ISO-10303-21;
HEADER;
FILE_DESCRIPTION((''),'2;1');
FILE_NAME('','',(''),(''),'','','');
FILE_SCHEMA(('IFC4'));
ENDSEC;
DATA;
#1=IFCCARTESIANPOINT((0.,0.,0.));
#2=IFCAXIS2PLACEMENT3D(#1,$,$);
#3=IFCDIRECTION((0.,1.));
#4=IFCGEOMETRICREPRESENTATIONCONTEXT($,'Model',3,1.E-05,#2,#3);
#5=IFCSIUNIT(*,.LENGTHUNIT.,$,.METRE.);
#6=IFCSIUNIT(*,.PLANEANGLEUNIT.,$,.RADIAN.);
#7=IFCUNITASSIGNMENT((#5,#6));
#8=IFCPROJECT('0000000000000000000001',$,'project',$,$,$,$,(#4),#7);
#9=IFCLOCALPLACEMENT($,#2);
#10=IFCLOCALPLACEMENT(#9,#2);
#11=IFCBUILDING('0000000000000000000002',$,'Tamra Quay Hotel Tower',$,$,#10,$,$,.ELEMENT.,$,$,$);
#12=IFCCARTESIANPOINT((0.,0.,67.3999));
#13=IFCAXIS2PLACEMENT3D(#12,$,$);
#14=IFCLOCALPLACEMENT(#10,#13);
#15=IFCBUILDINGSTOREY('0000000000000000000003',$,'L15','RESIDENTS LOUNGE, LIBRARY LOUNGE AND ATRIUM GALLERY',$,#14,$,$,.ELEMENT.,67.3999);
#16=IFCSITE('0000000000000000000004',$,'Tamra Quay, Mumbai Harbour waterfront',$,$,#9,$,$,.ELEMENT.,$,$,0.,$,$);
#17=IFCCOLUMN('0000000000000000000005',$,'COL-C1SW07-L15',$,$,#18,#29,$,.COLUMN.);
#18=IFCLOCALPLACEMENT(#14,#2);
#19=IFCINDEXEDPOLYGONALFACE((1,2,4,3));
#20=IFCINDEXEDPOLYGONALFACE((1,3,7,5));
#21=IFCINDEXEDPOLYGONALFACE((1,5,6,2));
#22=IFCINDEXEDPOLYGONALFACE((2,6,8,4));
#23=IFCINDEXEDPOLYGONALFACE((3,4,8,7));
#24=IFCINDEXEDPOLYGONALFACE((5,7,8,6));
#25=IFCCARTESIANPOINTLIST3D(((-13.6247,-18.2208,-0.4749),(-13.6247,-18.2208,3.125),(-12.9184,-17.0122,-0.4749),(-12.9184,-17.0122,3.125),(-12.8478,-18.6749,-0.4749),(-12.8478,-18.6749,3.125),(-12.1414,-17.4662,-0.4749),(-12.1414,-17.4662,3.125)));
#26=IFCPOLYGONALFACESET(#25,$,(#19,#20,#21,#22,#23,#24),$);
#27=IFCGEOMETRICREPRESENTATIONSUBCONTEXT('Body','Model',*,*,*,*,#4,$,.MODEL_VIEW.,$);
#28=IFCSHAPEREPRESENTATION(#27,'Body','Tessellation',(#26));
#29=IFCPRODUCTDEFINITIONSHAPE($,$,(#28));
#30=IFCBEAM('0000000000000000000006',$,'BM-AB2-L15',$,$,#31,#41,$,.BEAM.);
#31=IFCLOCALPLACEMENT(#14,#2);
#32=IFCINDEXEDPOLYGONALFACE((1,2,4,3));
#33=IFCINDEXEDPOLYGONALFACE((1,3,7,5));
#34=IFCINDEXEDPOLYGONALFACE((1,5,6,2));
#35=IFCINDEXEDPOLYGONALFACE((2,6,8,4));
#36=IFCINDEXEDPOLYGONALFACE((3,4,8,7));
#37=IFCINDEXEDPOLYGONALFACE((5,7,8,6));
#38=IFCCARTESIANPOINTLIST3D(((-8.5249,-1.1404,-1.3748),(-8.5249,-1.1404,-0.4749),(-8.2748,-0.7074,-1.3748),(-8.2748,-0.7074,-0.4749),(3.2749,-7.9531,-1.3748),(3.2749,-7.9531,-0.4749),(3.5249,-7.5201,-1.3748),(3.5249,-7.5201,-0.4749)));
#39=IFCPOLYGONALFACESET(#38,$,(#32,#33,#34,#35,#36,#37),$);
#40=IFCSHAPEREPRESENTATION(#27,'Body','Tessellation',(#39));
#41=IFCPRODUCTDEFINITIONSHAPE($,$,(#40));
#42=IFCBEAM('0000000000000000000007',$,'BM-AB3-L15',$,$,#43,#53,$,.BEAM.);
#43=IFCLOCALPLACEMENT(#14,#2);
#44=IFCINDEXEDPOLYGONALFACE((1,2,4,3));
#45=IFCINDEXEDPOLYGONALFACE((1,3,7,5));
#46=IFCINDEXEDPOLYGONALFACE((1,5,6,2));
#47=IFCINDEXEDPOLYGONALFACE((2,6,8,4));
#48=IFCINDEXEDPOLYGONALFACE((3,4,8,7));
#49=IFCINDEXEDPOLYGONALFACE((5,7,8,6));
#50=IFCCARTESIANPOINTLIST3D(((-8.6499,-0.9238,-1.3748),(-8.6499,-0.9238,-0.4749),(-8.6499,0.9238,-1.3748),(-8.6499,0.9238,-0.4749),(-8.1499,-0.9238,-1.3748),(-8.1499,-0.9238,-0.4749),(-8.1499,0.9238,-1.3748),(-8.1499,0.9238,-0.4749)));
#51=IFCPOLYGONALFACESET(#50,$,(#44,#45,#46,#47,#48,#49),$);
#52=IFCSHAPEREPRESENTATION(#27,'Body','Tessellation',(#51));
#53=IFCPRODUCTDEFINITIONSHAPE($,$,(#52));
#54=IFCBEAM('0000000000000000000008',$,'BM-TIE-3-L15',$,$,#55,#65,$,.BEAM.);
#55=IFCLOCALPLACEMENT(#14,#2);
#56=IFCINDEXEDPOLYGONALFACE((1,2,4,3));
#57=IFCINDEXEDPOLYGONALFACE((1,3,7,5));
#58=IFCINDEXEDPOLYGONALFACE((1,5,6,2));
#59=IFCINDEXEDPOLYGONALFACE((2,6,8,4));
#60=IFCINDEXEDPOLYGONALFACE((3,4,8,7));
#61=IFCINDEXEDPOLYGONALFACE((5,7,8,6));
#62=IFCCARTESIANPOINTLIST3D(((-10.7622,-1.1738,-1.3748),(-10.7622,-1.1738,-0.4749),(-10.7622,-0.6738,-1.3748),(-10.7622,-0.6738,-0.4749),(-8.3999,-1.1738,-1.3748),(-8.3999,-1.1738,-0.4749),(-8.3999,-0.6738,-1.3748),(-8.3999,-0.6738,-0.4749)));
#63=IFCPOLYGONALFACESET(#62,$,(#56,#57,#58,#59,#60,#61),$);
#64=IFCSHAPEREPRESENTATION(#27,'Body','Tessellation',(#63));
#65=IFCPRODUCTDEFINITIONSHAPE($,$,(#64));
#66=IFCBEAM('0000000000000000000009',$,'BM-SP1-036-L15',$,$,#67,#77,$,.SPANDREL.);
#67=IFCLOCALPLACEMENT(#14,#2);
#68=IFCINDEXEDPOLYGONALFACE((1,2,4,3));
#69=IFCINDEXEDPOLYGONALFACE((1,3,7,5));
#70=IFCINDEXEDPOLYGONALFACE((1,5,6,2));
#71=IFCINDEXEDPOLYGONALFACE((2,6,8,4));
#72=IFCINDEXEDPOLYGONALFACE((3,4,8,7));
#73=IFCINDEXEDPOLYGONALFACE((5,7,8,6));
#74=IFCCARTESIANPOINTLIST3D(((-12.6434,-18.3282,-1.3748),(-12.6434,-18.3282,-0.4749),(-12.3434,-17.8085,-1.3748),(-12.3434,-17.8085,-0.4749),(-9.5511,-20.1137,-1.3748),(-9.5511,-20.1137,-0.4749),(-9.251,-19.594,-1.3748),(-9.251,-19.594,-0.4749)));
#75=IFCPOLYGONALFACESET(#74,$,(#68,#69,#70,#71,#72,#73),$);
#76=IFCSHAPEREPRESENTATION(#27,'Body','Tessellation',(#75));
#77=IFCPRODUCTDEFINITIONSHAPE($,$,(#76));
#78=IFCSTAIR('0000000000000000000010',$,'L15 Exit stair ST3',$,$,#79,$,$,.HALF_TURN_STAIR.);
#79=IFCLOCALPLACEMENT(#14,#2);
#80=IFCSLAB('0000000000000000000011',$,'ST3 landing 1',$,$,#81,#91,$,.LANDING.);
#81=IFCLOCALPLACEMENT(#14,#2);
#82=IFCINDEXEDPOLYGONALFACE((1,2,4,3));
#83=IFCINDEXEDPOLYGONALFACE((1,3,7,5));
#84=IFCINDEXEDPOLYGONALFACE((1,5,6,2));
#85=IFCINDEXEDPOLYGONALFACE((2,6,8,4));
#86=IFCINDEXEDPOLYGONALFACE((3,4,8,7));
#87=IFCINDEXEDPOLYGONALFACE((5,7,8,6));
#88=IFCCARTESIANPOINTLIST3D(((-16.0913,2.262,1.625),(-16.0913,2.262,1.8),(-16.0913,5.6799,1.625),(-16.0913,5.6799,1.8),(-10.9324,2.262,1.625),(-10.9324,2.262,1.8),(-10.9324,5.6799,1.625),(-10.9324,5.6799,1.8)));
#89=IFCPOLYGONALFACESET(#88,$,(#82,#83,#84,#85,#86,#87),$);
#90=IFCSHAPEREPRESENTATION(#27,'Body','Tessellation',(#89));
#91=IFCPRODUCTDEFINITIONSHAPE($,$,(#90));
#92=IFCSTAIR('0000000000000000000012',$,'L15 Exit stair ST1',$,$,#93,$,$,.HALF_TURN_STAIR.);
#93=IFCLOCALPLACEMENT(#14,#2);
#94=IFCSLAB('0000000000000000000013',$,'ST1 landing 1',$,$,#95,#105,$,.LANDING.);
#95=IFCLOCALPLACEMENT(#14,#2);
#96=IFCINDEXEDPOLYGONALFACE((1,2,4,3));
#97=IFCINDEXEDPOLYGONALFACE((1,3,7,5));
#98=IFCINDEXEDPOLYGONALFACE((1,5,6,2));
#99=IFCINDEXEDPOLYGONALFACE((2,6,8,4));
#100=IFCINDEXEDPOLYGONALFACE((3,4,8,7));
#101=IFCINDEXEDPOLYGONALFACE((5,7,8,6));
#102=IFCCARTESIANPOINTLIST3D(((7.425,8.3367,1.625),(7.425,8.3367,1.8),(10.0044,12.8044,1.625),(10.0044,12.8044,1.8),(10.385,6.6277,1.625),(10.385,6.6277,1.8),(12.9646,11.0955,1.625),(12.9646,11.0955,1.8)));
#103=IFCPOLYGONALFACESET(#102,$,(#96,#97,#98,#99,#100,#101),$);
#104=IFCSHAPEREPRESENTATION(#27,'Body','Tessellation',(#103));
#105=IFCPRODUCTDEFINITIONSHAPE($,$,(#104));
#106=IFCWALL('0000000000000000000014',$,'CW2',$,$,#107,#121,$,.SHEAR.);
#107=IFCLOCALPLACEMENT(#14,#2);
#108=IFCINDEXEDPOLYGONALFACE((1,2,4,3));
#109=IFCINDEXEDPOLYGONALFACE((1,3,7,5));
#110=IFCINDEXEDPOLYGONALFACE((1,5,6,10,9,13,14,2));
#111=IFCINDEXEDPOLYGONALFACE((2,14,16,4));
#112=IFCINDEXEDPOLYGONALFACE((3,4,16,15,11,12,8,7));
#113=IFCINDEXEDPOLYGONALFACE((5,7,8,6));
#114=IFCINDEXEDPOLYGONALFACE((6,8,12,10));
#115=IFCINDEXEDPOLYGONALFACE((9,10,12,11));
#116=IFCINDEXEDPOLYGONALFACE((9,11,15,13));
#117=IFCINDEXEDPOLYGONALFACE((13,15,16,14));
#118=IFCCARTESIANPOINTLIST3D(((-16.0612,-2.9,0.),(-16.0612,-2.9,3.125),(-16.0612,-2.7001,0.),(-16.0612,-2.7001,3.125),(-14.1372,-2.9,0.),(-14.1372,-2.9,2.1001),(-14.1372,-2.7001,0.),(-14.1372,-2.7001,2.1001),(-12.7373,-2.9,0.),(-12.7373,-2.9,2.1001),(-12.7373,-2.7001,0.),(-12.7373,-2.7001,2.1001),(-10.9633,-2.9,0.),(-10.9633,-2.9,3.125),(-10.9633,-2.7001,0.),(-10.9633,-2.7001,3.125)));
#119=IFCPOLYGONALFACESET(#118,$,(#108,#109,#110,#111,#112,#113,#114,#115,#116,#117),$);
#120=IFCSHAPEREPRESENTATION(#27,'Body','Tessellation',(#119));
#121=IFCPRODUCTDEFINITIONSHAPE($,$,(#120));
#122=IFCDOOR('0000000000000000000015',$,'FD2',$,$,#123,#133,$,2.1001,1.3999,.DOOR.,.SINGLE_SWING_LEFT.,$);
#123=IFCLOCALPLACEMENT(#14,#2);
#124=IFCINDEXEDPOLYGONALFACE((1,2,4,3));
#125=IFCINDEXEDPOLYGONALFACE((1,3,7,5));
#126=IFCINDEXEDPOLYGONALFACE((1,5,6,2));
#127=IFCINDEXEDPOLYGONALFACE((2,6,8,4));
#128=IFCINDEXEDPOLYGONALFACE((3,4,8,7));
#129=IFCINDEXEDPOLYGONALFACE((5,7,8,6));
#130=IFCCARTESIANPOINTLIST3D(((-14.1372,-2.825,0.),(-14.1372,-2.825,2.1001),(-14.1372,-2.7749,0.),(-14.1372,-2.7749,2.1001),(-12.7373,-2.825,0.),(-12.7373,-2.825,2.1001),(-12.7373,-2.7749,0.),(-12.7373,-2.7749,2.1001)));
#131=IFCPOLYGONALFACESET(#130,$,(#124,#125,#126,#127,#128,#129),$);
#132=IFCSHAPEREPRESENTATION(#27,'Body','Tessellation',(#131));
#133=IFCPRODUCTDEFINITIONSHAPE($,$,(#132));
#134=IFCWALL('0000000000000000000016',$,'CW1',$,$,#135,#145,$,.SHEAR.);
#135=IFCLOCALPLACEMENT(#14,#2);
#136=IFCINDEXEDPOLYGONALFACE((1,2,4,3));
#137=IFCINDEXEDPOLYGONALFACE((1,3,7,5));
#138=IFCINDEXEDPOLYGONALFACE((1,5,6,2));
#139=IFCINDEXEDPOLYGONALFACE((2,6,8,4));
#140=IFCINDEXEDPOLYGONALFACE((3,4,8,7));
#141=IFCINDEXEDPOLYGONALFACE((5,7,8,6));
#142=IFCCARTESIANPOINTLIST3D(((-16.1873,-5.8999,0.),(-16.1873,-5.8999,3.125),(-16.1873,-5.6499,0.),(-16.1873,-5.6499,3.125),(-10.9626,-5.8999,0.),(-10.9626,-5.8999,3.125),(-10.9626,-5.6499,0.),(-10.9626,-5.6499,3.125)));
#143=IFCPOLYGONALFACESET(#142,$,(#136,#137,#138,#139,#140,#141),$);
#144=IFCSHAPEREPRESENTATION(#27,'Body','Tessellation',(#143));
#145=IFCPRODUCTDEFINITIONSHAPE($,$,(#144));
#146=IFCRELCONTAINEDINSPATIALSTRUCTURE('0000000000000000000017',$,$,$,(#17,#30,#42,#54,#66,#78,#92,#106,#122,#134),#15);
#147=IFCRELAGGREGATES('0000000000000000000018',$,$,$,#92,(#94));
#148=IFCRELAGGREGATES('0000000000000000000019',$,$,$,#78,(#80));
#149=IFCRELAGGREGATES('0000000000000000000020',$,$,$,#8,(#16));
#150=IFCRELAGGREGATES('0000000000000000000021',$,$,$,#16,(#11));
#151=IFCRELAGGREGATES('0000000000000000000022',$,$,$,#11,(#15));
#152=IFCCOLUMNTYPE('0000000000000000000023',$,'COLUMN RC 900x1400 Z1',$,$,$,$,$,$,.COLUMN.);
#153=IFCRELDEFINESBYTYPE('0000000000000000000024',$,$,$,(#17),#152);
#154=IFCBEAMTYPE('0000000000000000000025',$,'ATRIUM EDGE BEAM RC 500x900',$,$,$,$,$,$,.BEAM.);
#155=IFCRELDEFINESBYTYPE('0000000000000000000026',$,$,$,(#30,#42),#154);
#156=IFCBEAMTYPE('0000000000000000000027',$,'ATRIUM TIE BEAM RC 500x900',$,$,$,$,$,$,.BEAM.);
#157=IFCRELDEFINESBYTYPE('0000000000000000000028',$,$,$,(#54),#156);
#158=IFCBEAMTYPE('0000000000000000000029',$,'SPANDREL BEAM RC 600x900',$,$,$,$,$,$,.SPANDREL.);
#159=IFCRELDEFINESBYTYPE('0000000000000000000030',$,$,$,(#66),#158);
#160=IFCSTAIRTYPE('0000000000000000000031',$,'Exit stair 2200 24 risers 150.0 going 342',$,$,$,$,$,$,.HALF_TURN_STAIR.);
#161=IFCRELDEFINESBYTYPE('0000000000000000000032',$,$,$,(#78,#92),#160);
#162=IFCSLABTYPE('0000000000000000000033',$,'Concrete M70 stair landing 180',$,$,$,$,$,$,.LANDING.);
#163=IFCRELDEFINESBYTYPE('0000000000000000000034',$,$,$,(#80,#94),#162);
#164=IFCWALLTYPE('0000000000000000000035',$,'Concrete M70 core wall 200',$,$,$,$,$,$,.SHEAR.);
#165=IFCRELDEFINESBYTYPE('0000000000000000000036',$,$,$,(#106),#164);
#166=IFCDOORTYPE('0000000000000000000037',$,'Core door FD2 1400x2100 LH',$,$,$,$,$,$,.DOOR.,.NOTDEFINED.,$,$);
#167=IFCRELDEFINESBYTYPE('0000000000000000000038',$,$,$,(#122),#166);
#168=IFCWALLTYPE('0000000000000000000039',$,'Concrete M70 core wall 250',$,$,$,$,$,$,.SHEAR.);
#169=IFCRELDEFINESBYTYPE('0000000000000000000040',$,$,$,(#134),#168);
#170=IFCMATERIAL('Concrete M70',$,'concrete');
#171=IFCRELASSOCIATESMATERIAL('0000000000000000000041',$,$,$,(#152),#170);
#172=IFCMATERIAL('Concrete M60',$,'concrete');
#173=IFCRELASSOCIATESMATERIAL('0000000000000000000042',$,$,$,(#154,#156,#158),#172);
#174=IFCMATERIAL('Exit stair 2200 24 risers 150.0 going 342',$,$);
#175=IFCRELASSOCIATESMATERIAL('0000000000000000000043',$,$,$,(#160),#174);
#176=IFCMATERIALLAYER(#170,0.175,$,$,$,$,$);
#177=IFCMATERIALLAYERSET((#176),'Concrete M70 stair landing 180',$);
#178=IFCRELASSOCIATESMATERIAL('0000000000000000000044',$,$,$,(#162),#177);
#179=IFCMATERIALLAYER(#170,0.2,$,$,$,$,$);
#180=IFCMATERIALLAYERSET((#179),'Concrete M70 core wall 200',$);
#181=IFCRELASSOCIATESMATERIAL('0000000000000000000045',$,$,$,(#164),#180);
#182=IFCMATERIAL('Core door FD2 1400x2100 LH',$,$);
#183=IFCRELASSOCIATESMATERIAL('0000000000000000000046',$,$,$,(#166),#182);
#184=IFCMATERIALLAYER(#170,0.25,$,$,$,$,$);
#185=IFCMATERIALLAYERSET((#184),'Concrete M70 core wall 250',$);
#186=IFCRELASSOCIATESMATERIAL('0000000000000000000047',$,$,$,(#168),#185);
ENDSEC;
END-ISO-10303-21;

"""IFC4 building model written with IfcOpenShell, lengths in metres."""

from ifc_helpers import new_model, si_unit, direction, frame, frame_2d, origin, origin_2d, place, context, subcontext, project, spatial, polyline, rectangle, outline, extrude, material, layer, layer_set, material_profile, profile_set, type_object, element, fill, aggregate, save


model = new_model("IFC4")

# Units and contexts
model_context = context("Model", 3, precision=1e-05, world=origin(), true_north=direction((0.0, 1.0)))
body_context = subcontext(model_context, "Body", "Model", "MODEL_VIEW")
ifc_project = project(units=[si_unit("LENGTHUNIT", "METRE"), si_unit("PLANEANGLEUNIT", "RADIAN")], contexts=[model_context])

# Site, building, storey
site_placement = place(None, origin())
site = spatial("IfcSite", under=ifc_project, at=site_placement, Name="Tamra Quay, Mumbai Harbour waterfront", CompositionType="ELEMENT", RefElevation=0.0)
building_placement = place(site_placement, origin())
building = spatial("IfcBuilding", under=site, at=building_placement, Name="Tamra Quay Hotel Tower", CompositionType="ELEMENT")
storey_placement = place(building_placement, frame((0.0, 0.0, 67.3999)))
storey = spatial("IfcBuildingStorey", under=building, at=storey_placement, Name="L15", Description="RESIDENTS LOUNGE, LIBRARY LOUNGE AND ATRIUM GALLERY", CompositionType="ELEMENT", Elevation=67.3999)

# Column
ifc_material_1 = material(Name="Concrete M70", Category="concrete")
ifc_material_profile_1 = material_profile(ifc_material_1, rectangle(XDim=1.3999, YDim=0.8999, at=origin_2d()), Name="COLUMN RC 900x1400 Z1")
ifc_profile_set_1 = profile_set([ifc_material_profile_1], Name="Concrete M70")
column_type = type_object("IfcColumnType", Name="COLUMN RC 900x1400 Z1", PredefinedType="COLUMN", material=ifc_profile_set_1)
column_placement = place(storey_placement, frame((-12.8831, -17.8435, -0.4749), z_axis=(0.0, 0.0, 1.0), x_axis=(0.504565, 0.863374, 0.0)))
element("IfcColumn", 1, at=column_placement, inside=storey, type_object=column_type, Name="COL-C1SW07-L15", PredefinedType="COLUMN", context=body_context, shape_type="SweptSolid", body=[
    extrude(rectangle(XDim=1.3999, YDim=0.8999, at=origin_2d()), origin(), (0.0, 0.0, 1.0), 3.5999),
])

# Beams
ifc_material_2 = material(Name="Concrete M60", Category="concrete")
ifc_material_profile_2 = material_profile(ifc_material_2, rectangle(XDim=0.5, YDim=0.8999, at=origin_2d()), Name="ATRIUM EDGE BEAM RC 500x900")
ifc_profile_set_2 = profile_set([ifc_material_profile_2], Name="Concrete M60")
beam_type_1 = type_object("IfcBeamType", Name="ATRIUM EDGE BEAM RC 500x900", PredefinedType="BEAM", material=ifc_profile_set_2)
beam_1_placement = place(storey_placement, frame((3.3999, -7.7366, -0.9248), z_axis=(-0.866021, 0.500007, 0.0), x_axis=(-0.500007, -0.866021, 0.0)))
element("IfcBeam", 2, at=beam_1_placement, inside=storey, type_object=beam_type_1, Name="BM-AB2-L15", PredefinedType="BEAM", context=body_context, shape_type="SweptSolid", body=[
    extrude(rectangle(XDim=0.5, YDim=0.8999, at=origin_2d()), origin(), (0.0, 0.0, 1.0), 13.6252),
])
beam_2_placement = place(storey_placement, frame((-8.3999, -0.9238, -0.9248), z_axis=(0.0, 1.0, 0.0), x_axis=(-1.0, 0.0, 0.0)))
element("IfcBeam", 3, at=beam_2_placement, inside=storey, type_object=beam_type_1, Name="BM-AB3-L15", PredefinedType="BEAM", context=body_context, shape_type="SweptSolid", body=[
    extrude(rectangle(XDim=0.5, YDim=0.8999, at=origin_2d()), origin(), (0.0, 0.0, 1.0), 1.8477),
])
ifc_material_profile_3 = material_profile(ifc_material_2, rectangle(XDim=0.5, YDim=0.8999, at=origin_2d()), Name="ATRIUM TIE BEAM RC 500x900")
ifc_profile_set_3 = profile_set([ifc_material_profile_3], Name="Concrete M60")
beam_type_2 = type_object("IfcBeamType", Name="ATRIUM TIE BEAM RC 500x900", PredefinedType="BEAM", material=ifc_profile_set_3)
beam_3_placement = place(storey_placement, frame((-8.3999, -0.9238, -0.9248), z_axis=(-1.0, 0.0, 0.0), x_axis=(0.0, -1.0, 0.0)))
element("IfcBeam", 4, at=beam_3_placement, inside=storey, type_object=beam_type_2, Name="BM-TIE-3-L15", PredefinedType="BEAM", context=body_context, shape_type="SweptSolid", body=[
    extrude(rectangle(XDim=0.5, YDim=0.8999, at=origin_2d()), origin(), (0.0, 0.0, 1.0), 2.3623),
])
ifc_material_profile_4 = material_profile(ifc_material_2, rectangle(XDim=0.6001, YDim=0.8999, at=origin_2d()), Name="SPANDREL BEAM RC 600x900")
ifc_profile_set_4 = profile_set([ifc_material_profile_4], Name="Concrete M60")
beam_type_3 = type_object("IfcBeamType", Name="SPANDREL BEAM RC 600x900", PredefinedType="SPANDREL", material=ifc_profile_set_4)
beam_4_placement = place(storey_placement, frame((-12.4934, -18.0684, -0.9248), z_axis=(0.866017, -0.500014, 0.0), x_axis=(0.500014, 0.866017, 0.0)))
element("IfcBeam", 5, at=beam_4_placement, inside=storey, type_object=beam_type_3, Name="BM-SP1-036-L15", PredefinedType="SPANDREL", context=body_context, shape_type="SweptSolid", body=[
    extrude(rectangle(XDim=0.6001, YDim=0.8999, at=origin_2d()), origin(), (0.0, 0.0, 1.0), 3.5708),
])

# Stairs, slabs
ifc_material_3 = material(Name="Exit stair 2200 24 risers 150.0 going 342")
stair_type = type_object("IfcStairType", Name="Exit stair 2200 24 risers 150.0 going 342", PredefinedType="HALF_TURN_STAIR", material=ifc_material_3)
stair_1_placement = place(storey_placement, origin())
stair_1 = element("IfcStair", 6, at=stair_1_placement, inside=storey, type_object=stair_type, Name="L15 Exit stair ST3", PredefinedType="HALF_TURN_STAIR")
ifc_layer_1 = layer(ifc_material_1, 0.175)
ifc_layer_set_1 = layer_set([ifc_layer_1], Name="Concrete M70 stair landing 180")
slab_type_1 = type_object("IfcSlabType", Name="Concrete M70 stair landing 180", PredefinedType="LANDING", material=ifc_layer_set_1)
slab_1_placement = place(storey_placement, frame((0.0, 0.0, 1.625)))
slab_1 = element("IfcSlab", 7, at=slab_1_placement, type_object=slab_type_1, Name="ST3 landing 1", PredefinedType="LANDING", context=body_context, shape_type="SweptSolid", body=[
    extrude(outline(polyline([(-10.9324, 2.262), (-10.9324, 5.6799), (-16.0913, 5.6799), (-16.0913, 2.262), (-10.9324, 2.262)])), origin(), (0.0, 0.0, 1.0), 0.175),
])
stair_2_placement = place(storey_placement, origin())
stair_2 = element("IfcStair", 8, at=stair_2_placement, inside=storey, type_object=stair_type, Name="L15 Exit stair ST1", PredefinedType="HALF_TURN_STAIR")
slab_2_placement = place(storey_placement, frame((0.0, 0.0, 1.625)))
slab_2 = element("IfcSlab", 9, at=slab_2_placement, type_object=slab_type_1, Name="ST1 landing 1", PredefinedType="LANDING", context=body_context, shape_type="SweptSolid", body=[
    extrude(outline(polyline([(7.425, 8.3367), (10.385, 6.6277), (12.9646, 11.0955), (10.0044, 12.8044), (7.425, 8.3367)])), origin(), (0.0, 0.0, 1.0), 0.175),
])
aggregate(stair_2, [slab_2])

# Wall, opening, door
ifc_layer_2 = layer(ifc_material_1, 0.2)
ifc_layer_set_2 = layer_set([ifc_layer_2], Name="Concrete M70 core wall 200")
wall_type_1 = type_object("IfcWallType", Name="Concrete M70 core wall 200", PredefinedType="SHEAR", material=ifc_layer_set_2)
wall_1_placement = place(storey_placement, frame((-10.9634, -2.8, 0.0), z_axis=(0.0, 0.0, 1.0), x_axis=(-1.0, 0.0, 0.0)))
wall_1 = element("IfcWall", 10, at=wall_1_placement, inside=storey, type_object=wall_type_1, Name="CW2", PredefinedType="SHEAR", context=body_context, shape_type="SweptSolid", body=[
    extrude(rectangle(XDim=5.0979, YDim=0.2, at=frame_2d((2.5488, 0.0))), origin(), (0.0, 0.0, 1.0), 3.125),
])
opening_1_placement = place(wall_1_placement, frame((1.7739, 0.0, 0.0)))
opening_1 = element("IfcOpeningElement", 11, at=opening_1_placement, cuts=wall_1, PredefinedType="OPENING", context=body_context, shape_type="SweptSolid", body=[
    extrude(rectangle(XDim=1.3999, YDim=2.1001, at=frame_2d((0.7, 1.05))), frame((0.0, 0.1099, 0.0), z_axis=(0.0, -1.0, 0.0), x_axis=(1.0, 0.0, 0.0)), (0.0, 0.0, 1.0), 0.22),
])
ifc_material_4 = material(Name="Core door FD2 1400x2100 LH")
door_type_1 = type_object("IfcDoorType", Name="Core door FD2 1400x2100 LH", OperationType="NOTDEFINED", PredefinedType="DOOR", material=ifc_material_4)
door_1_placement = place(opening_1_placement, origin())
door_1 = element("IfcDoor", 12, at=door_1_placement, inside=storey, type_object=door_type_1, Name="FD2", OperationType="SINGLE_SWING_LEFT", OverallHeight=2.1001, OverallWidth=1.3999, PredefinedType="DOOR", context=body_context, shape_type="SweptSolid", body=[
    extrude(rectangle(XDim=1.3999, YDim=2.1001, at=frame_2d((0.7, 1.05))), frame((0.0, 0.0249, 0.0), z_axis=(0.0, -1.0, 0.0), x_axis=(1.0, 0.0, 0.0)), (0.0, 0.0, 1.0), 0.05),
])
fill(opening_1, door_1)

# Wall
ifc_layer_3 = layer(ifc_material_1, 0.25)
ifc_layer_set_3 = layer_set([ifc_layer_3], Name="Concrete M70 core wall 250")
wall_type_2 = type_object("IfcWallType", Name="Concrete M70 core wall 250", PredefinedType="SHEAR", material=ifc_layer_set_3)
wall_2_placement = place(storey_placement, frame((-10.9626, -5.7749, 0.0), z_axis=(0.0, 0.0, 1.0), x_axis=(-1.0, 0.0, 0.0)))
element("IfcWall", 13, at=wall_2_placement, inside=storey, type_object=wall_type_2, Name="CW1", PredefinedType="SHEAR", context=body_context, shape_type="SweptSolid", body=[
    extrude(rectangle(XDim=5.2246, YDim=0.25, at=frame_2d((2.6123, 0.0))), origin(), (0.0, 0.0, 1.0), 3.125),
])

aggregate(stair_1, [slab_1])

save(model, "model.ifc")
